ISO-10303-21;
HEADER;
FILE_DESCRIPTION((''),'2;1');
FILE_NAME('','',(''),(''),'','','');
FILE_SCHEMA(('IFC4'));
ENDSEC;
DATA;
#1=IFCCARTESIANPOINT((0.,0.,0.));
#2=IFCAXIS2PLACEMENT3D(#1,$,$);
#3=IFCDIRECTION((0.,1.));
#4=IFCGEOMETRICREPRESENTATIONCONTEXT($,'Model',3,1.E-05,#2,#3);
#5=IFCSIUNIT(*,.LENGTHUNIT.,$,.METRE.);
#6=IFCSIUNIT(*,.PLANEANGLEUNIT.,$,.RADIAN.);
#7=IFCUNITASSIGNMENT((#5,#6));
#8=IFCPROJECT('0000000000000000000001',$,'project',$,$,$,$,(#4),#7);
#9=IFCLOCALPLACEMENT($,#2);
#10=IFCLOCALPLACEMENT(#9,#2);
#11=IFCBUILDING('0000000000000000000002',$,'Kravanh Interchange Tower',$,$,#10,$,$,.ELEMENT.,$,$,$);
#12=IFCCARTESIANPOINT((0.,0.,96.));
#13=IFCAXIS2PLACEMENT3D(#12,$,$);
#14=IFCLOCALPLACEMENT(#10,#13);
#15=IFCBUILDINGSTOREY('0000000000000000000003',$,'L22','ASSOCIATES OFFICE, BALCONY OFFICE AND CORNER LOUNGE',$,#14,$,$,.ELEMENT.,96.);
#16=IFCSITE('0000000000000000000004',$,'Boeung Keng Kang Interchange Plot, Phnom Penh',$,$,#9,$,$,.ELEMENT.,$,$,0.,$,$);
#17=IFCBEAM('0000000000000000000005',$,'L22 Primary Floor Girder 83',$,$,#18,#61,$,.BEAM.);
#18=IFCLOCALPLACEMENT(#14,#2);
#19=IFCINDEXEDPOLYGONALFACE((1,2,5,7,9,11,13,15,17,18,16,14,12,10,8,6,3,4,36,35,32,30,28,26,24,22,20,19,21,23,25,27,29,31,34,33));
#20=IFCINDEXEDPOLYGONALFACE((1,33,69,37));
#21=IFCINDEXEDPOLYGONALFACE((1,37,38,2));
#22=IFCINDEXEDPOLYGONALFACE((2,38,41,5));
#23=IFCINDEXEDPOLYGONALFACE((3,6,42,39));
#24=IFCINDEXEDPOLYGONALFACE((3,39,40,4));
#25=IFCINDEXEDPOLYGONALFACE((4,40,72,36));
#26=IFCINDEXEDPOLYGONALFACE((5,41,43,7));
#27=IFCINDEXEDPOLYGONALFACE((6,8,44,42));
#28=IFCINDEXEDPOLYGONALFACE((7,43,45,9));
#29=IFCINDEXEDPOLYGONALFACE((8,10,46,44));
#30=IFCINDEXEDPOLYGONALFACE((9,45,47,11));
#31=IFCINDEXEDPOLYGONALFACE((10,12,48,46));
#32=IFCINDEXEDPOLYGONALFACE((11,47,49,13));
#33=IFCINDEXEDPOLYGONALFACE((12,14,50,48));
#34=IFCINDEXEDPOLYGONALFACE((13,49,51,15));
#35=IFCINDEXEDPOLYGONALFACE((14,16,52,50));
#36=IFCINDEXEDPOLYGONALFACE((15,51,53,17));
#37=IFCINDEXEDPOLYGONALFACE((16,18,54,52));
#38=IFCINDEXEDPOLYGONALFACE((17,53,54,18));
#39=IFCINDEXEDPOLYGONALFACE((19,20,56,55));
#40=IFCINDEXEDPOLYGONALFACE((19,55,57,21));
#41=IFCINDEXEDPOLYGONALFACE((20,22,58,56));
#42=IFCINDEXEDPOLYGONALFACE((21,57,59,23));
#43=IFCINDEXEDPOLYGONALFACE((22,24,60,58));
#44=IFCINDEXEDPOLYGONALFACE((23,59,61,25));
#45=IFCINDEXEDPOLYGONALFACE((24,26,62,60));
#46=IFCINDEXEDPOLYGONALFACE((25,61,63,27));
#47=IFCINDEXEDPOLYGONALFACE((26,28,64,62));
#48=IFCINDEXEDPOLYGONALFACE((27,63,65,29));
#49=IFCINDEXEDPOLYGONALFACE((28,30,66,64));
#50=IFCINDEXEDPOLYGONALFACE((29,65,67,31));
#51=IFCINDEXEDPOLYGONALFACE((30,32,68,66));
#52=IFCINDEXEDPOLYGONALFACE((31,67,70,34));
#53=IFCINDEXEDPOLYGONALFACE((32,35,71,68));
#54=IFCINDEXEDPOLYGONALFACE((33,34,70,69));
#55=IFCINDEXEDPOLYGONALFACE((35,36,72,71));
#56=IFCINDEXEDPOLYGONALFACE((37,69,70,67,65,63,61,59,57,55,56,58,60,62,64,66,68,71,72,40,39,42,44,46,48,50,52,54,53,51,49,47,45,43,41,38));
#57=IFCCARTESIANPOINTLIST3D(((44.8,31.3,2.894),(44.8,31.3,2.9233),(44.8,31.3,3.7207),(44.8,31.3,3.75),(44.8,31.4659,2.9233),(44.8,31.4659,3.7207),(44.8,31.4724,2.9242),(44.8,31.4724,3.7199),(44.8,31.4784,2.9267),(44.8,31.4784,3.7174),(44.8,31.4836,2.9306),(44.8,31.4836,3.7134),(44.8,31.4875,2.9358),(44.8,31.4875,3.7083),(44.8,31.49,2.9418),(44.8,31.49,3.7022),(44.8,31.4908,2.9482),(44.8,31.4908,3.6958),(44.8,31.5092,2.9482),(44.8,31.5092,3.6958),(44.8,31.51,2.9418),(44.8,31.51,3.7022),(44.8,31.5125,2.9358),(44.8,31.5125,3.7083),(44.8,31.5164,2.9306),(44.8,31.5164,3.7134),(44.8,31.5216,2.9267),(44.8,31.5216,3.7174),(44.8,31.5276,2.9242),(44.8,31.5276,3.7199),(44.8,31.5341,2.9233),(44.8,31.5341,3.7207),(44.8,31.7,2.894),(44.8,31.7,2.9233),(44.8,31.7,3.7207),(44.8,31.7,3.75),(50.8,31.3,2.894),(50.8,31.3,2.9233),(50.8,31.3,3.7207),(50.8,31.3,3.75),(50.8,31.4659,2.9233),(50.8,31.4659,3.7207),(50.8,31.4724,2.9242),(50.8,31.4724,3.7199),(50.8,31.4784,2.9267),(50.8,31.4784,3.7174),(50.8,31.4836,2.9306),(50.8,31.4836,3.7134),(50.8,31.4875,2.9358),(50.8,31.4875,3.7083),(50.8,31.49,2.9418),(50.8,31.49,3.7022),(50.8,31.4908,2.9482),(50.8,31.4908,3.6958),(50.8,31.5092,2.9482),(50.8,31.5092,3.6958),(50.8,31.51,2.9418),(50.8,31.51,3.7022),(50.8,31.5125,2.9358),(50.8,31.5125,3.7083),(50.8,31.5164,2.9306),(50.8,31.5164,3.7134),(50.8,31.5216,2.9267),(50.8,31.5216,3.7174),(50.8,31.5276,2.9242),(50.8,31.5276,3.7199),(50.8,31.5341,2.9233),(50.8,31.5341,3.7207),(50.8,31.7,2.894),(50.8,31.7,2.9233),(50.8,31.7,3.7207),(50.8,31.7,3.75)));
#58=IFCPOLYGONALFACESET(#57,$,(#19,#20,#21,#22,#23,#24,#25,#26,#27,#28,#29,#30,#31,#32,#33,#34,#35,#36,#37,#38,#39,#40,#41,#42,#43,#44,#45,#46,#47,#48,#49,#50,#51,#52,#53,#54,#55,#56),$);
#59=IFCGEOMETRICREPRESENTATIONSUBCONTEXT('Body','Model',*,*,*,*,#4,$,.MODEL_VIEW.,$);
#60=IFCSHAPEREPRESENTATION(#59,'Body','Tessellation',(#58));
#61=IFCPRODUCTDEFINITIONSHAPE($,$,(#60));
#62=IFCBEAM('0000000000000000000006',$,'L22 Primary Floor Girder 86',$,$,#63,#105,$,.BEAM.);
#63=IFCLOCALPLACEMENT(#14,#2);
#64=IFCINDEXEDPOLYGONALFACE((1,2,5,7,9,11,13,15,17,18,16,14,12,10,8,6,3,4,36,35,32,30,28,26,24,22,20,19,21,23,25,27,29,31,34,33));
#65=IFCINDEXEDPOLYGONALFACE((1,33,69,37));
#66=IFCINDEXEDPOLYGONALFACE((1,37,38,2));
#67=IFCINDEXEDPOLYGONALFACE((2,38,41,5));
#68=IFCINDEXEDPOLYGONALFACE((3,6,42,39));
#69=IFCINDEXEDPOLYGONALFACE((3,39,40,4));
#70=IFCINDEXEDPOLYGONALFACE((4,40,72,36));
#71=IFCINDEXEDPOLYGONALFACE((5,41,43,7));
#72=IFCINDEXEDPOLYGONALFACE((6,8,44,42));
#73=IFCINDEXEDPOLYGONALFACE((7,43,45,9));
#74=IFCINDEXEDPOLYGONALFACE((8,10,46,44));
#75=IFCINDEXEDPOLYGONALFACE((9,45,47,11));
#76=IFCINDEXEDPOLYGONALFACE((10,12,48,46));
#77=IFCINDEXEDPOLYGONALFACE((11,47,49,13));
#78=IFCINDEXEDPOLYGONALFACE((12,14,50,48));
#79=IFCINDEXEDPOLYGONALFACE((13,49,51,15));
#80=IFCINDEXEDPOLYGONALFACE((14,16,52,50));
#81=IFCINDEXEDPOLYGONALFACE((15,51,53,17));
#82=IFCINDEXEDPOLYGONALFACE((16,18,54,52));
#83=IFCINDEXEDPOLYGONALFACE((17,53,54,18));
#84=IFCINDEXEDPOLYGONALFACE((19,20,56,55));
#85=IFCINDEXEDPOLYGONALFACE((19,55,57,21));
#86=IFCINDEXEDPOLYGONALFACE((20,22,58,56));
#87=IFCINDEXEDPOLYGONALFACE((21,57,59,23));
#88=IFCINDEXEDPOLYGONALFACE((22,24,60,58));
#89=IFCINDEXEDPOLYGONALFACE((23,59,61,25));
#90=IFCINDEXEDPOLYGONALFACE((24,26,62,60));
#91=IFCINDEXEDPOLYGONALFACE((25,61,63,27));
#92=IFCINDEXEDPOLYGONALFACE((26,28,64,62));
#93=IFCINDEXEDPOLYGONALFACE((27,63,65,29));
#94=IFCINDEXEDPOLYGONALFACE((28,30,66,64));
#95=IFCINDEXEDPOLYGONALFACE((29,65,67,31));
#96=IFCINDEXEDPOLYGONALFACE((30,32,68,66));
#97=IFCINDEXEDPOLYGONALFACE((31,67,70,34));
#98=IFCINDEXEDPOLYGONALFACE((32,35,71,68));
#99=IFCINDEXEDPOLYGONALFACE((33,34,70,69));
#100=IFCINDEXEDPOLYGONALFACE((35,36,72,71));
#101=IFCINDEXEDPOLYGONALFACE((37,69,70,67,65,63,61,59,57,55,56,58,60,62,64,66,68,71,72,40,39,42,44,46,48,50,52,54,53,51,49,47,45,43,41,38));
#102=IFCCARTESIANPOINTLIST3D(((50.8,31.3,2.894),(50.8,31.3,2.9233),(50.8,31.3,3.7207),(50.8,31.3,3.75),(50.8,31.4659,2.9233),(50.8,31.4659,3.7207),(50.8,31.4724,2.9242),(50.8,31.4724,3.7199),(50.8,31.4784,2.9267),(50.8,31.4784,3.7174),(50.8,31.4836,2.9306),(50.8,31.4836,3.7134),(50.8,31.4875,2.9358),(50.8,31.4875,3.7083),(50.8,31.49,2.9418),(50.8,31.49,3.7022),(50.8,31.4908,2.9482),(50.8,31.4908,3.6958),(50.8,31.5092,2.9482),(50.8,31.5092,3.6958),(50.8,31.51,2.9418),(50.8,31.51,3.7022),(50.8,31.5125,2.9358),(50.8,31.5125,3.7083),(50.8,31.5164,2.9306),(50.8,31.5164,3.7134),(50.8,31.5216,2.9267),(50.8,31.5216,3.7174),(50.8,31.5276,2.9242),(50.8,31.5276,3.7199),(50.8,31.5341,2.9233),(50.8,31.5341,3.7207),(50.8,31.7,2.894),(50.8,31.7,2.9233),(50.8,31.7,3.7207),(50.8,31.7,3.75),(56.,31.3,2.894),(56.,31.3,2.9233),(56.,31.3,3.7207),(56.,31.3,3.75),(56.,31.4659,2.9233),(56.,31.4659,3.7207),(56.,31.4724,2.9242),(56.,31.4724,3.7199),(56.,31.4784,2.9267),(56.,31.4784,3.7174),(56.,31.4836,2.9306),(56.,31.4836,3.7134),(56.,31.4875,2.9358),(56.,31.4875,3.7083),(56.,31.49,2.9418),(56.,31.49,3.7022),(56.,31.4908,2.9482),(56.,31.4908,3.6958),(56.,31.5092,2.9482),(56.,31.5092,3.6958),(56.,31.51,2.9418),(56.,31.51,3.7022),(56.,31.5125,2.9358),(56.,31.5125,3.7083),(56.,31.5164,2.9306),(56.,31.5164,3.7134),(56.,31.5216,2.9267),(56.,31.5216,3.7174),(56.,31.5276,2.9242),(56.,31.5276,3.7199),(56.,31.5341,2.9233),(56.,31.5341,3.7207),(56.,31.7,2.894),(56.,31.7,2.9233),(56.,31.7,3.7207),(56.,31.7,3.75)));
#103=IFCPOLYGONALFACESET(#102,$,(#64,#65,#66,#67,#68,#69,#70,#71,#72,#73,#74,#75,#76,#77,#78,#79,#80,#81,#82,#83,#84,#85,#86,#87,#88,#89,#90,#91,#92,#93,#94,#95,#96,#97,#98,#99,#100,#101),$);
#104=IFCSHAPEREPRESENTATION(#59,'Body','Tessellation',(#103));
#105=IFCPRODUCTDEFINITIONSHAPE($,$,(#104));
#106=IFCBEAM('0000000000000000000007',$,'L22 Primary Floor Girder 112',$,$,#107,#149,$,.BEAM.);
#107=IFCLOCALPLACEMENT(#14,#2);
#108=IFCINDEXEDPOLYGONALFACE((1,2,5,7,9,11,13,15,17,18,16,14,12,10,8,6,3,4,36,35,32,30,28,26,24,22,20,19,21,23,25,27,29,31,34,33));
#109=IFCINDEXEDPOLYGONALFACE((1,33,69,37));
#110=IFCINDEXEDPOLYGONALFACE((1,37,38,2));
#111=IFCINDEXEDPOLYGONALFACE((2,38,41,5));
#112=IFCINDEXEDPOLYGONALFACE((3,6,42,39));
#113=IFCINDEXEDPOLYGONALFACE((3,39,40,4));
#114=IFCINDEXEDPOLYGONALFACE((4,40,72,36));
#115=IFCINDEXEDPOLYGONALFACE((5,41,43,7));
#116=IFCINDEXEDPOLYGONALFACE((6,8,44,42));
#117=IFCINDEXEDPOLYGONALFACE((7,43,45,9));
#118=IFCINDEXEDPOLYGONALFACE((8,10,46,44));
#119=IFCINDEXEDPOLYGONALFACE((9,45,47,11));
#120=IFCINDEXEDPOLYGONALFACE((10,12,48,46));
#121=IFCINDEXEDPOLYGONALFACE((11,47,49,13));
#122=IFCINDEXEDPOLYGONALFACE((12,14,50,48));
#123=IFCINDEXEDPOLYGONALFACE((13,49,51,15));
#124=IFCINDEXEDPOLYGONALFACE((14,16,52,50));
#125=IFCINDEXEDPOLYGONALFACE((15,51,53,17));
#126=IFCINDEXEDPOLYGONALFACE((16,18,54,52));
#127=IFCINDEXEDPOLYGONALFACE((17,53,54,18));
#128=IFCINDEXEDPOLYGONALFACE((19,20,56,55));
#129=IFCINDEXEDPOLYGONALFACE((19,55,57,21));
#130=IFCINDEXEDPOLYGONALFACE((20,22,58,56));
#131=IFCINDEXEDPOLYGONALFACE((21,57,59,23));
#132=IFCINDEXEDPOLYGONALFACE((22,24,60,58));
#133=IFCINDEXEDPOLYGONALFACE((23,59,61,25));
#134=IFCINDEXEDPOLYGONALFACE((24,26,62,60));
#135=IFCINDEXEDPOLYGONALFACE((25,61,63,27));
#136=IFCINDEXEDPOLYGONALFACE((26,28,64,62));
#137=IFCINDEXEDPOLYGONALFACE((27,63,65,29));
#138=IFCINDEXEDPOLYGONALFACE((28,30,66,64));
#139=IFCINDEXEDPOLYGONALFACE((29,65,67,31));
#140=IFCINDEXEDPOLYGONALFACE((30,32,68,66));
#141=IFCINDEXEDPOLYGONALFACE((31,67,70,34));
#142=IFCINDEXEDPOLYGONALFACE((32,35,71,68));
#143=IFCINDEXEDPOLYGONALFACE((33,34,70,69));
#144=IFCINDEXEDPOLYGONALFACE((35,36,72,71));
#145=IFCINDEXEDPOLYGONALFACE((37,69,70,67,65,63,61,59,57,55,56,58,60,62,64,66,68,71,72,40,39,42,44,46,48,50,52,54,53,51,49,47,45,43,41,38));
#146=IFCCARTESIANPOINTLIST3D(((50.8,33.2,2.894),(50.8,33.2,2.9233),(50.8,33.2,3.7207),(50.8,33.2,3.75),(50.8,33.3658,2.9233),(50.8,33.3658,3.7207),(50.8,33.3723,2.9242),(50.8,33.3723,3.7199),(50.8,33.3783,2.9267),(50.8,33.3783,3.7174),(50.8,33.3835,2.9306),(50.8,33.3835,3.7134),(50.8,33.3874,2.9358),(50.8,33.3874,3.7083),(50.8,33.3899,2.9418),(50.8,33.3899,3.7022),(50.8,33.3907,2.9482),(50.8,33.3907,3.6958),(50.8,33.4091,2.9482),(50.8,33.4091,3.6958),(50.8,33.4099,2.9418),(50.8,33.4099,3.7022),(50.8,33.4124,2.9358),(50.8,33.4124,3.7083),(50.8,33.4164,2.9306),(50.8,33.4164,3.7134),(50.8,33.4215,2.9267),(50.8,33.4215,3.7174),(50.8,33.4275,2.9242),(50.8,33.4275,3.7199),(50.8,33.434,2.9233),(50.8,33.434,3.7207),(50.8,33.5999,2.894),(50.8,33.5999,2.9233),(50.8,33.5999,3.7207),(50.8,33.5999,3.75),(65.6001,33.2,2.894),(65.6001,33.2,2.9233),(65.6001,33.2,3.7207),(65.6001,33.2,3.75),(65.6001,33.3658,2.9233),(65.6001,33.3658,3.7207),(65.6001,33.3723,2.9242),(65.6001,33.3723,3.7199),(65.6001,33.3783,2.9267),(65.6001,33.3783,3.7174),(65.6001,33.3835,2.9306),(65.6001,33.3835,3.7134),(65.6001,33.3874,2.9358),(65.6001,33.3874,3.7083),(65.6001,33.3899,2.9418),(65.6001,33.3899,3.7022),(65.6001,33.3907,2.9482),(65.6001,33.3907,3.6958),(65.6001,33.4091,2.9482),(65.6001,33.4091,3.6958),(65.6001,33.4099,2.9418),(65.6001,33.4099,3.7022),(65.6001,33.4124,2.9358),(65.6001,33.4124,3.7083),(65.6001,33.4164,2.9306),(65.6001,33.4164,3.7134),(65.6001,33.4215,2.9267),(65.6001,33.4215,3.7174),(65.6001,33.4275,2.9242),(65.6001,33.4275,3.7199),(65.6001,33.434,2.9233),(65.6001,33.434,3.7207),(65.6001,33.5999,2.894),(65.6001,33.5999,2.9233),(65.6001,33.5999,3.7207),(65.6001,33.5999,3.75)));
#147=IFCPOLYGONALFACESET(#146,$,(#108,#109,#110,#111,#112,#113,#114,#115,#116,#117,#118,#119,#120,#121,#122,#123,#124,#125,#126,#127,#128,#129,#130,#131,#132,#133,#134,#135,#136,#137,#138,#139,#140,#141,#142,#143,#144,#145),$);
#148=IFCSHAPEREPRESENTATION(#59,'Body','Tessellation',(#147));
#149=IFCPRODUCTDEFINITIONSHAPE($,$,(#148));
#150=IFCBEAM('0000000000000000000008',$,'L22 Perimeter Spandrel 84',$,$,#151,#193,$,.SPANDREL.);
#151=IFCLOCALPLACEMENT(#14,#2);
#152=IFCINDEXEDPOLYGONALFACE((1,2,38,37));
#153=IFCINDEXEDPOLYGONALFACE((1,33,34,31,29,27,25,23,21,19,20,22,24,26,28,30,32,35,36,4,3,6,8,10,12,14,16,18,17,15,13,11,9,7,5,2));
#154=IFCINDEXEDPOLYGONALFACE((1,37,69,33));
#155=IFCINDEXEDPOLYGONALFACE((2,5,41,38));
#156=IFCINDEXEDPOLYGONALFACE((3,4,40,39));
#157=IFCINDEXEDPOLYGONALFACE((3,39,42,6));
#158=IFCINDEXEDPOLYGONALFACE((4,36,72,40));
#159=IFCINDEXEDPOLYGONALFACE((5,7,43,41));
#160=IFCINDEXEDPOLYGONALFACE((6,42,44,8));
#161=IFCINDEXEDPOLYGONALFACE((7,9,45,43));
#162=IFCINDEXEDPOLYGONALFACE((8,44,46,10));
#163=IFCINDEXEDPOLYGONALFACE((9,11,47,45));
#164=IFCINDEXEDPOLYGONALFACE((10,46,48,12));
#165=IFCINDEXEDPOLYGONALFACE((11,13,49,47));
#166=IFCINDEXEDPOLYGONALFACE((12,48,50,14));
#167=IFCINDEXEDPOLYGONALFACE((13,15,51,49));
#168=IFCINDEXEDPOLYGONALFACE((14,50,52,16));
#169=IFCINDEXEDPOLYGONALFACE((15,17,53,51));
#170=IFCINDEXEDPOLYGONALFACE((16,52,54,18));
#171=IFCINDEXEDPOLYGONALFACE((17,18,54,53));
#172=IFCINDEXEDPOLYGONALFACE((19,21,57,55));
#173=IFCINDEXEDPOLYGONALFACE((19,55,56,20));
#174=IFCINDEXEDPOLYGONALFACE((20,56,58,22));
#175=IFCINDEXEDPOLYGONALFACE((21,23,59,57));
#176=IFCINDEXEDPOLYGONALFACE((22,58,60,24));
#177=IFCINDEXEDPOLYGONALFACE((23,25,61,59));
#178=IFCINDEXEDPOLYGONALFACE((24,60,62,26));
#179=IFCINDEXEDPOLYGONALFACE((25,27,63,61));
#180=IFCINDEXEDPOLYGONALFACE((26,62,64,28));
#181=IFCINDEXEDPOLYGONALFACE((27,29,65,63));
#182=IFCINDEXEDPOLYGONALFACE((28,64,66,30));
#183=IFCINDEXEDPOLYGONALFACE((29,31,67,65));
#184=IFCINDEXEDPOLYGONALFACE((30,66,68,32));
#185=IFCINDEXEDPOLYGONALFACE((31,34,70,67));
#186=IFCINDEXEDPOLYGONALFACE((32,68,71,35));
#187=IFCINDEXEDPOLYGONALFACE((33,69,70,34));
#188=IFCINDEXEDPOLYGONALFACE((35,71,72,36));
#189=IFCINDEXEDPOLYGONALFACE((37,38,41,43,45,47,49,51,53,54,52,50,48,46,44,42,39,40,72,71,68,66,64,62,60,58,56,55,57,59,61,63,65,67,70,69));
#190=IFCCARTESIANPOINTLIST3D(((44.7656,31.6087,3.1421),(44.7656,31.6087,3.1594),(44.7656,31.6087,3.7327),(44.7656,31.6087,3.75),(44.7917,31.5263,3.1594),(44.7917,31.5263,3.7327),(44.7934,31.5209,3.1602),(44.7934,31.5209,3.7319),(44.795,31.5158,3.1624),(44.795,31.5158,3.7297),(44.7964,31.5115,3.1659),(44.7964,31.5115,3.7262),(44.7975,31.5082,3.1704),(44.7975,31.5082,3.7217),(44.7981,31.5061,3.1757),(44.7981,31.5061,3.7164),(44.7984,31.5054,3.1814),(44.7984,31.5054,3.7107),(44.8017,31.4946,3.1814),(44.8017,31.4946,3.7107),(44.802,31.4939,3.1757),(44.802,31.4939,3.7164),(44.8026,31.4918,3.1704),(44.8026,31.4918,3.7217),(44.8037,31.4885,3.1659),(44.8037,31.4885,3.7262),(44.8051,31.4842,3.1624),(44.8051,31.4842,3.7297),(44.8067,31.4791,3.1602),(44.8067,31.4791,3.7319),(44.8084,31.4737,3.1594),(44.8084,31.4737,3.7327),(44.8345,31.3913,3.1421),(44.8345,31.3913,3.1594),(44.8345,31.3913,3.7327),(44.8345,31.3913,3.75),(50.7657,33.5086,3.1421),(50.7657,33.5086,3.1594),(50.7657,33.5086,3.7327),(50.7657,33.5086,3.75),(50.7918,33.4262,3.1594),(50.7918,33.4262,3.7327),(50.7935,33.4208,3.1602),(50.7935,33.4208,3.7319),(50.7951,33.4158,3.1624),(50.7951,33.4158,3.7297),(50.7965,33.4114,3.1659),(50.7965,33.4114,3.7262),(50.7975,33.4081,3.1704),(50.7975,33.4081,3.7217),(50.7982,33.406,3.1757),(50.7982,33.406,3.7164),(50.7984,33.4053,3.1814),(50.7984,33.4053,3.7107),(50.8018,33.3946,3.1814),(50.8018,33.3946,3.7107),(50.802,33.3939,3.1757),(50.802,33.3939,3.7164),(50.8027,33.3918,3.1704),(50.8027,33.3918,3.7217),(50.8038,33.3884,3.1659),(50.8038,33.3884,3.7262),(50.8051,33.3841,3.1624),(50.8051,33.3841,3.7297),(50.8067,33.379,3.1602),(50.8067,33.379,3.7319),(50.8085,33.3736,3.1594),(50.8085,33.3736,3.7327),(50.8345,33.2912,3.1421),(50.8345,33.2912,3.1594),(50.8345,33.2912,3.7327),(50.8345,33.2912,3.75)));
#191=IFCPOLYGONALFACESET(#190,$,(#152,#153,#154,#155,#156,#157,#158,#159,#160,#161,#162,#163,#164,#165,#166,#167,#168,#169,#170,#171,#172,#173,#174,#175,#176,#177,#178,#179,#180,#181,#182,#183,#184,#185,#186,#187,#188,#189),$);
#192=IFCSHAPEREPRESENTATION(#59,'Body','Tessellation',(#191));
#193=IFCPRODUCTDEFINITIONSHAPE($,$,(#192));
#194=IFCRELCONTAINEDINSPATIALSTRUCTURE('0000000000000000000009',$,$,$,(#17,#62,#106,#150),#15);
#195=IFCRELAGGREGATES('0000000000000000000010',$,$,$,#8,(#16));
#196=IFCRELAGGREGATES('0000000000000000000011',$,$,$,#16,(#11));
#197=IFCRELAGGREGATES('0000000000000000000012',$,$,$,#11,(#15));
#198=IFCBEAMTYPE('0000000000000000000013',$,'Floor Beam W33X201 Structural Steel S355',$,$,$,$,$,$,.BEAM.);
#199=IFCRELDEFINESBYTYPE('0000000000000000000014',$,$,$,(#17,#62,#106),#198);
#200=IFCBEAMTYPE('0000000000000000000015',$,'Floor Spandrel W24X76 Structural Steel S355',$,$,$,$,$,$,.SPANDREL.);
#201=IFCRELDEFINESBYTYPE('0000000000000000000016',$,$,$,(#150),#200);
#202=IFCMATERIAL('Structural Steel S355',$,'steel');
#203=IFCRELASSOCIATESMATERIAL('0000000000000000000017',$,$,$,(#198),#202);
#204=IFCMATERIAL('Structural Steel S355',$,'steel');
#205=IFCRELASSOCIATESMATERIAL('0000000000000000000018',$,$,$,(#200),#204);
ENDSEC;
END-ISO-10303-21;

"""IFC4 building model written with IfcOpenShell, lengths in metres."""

from ifc_helpers import new_model, si_unit, direction, frame, origin, origin_2d, place, context, subcontext, project, spatial, i_section, extrude, material, material_profile, profile_set, type_object, element, save


model = new_model("IFC4")

# Units and contexts
model_context = context("Model", 3, precision=1e-05, world=origin(), true_north=direction((0.0, 1.0)))
body_context = subcontext(model_context, "Body", "Model", "MODEL_VIEW")
ifc_project = project(units=[si_unit("LENGTHUNIT", "METRE"), si_unit("PLANEANGLEUNIT", "RADIAN")], contexts=[model_context])

# Site, building, storey
site_placement = place(None, origin())
site = spatial("IfcSite", under=ifc_project, at=site_placement, Name="Boeung Keng Kang Interchange Plot, Phnom Penh", CompositionType="ELEMENT", RefElevation=0.0)
building_placement = place(site_placement, origin())
building = spatial("IfcBuilding", under=site, at=building_placement, Name="Kravanh Interchange Tower", CompositionType="ELEMENT")
storey_placement = place(building_placement, frame((0.0, 0.0, 96.0)))
storey = spatial("IfcBuildingStorey", under=building, at=storey_placement, Name="L22", Description="ASSOCIATES OFFICE, BALCONY OFFICE AND CORNER LOUNGE", CompositionType="ELEMENT", Elevation=96.0)

# Beams
ifc_material_1 = material(Name="Structural Steel S355", Category="steel")
ifc_material_profile_1 = material_profile(ifc_material_1, i_section(OverallWidth=0.3999, OverallDepth=0.856, WebThickness=0.0183, FlangeThickness=0.0293, FilletRadius=0.0249, at=origin_2d()), Name="W33X201")
ifc_profile_set_1 = profile_set([ifc_material_profile_1], Name="Structural Steel S355")
beam_type_1 = type_object("IfcBeamType", Name="Floor Beam W33X201 Structural Steel S355", PredefinedType="BEAM", material=ifc_profile_set_1)
beam_1_placement = place(storey_placement, frame((44.8, 31.5, 3.322), z_axis=(1.0, 0.0, 0.0), x_axis=(0.0, 1.0, 0.0)))
element("IfcBeam", 1, at=beam_1_placement, inside=storey, type_object=beam_type_1, Name="L22 Primary Floor Girder 83", PredefinedType="BEAM", context=body_context, shape_type="SweptSolid", body=[
    extrude(i_section(OverallWidth=0.3999, OverallDepth=0.856, WebThickness=0.0183, FlangeThickness=0.0293, FilletRadius=0.0249, at=origin_2d()), origin(), (0.0, 0.0, 1.0), 6.0),
])
beam_2_placement = place(storey_placement, frame((50.8, 31.5, 3.322), z_axis=(1.0, 0.0, 0.0), x_axis=(0.0, 1.0, 0.0)))
element("IfcBeam", 2, at=beam_2_placement, inside=storey, type_object=beam_type_1, Name="L22 Primary Floor Girder 86", PredefinedType="BEAM", context=body_context, shape_type="SweptSolid", body=[
    extrude(i_section(OverallWidth=0.3999, OverallDepth=0.856, WebThickness=0.0183, FlangeThickness=0.0293, FilletRadius=0.0249, at=origin_2d()), origin(), (0.0, 0.0, 1.0), 5.2),
])
beam_3_placement = place(storey_placement, frame((50.8, 33.3999, 3.322), z_axis=(1.0, 0.0, 0.0), x_axis=(0.0, 1.0, 0.0)))
element("IfcBeam", 3, at=beam_3_placement, inside=storey, type_object=beam_type_1, Name="L22 Primary Floor Girder 112", PredefinedType="BEAM", context=body_context, shape_type="SweptSolid", body=[
    extrude(i_section(OverallWidth=0.3999, OverallDepth=0.856, WebThickness=0.0183, FlangeThickness=0.0293, FilletRadius=0.0249, at=origin_2d()), origin(), (0.0, 0.0, 1.0), 14.8),
])
ifc_material_2 = material(Name="Structural Steel S355", Category="steel")
ifc_material_profile_2 = material_profile(ifc_material_2, i_section(OverallWidth=0.228, OverallDepth=0.6079, WebThickness=0.0112, FlangeThickness=0.0173, FilletRadius=0.022, at=origin_2d()), Name="W24X76")
ifc_profile_set_2 = profile_set([ifc_material_profile_2], Name="Structural Steel S355")
beam_type_2 = type_object("IfcBeamType", Name="Floor Spandrel W24X76 Structural Steel S355", PredefinedType="SPANDREL", material=ifc_profile_set_2)
beam_4_placement = place(storey_placement, frame((44.8, 31.5, 3.446), z_axis=(0.953347, 0.301878, 0.0), x_axis=(-0.301878, 0.953347, 0.0)))
element("IfcBeam", 4, at=beam_4_placement, inside=storey, type_object=beam_type_2, Name="L22 Perimeter Spandrel 84", PredefinedType="SPANDREL", context=body_context, shape_type="SweptSolid", body=[
    extrude(i_section(OverallWidth=0.228, OverallDepth=0.6079, WebThickness=0.0112, FlangeThickness=0.0173, FilletRadius=0.022, at=origin_2d()), origin(), (0.0, 0.0, 1.0), 6.2937),
])

save(model, "model.ifc")
